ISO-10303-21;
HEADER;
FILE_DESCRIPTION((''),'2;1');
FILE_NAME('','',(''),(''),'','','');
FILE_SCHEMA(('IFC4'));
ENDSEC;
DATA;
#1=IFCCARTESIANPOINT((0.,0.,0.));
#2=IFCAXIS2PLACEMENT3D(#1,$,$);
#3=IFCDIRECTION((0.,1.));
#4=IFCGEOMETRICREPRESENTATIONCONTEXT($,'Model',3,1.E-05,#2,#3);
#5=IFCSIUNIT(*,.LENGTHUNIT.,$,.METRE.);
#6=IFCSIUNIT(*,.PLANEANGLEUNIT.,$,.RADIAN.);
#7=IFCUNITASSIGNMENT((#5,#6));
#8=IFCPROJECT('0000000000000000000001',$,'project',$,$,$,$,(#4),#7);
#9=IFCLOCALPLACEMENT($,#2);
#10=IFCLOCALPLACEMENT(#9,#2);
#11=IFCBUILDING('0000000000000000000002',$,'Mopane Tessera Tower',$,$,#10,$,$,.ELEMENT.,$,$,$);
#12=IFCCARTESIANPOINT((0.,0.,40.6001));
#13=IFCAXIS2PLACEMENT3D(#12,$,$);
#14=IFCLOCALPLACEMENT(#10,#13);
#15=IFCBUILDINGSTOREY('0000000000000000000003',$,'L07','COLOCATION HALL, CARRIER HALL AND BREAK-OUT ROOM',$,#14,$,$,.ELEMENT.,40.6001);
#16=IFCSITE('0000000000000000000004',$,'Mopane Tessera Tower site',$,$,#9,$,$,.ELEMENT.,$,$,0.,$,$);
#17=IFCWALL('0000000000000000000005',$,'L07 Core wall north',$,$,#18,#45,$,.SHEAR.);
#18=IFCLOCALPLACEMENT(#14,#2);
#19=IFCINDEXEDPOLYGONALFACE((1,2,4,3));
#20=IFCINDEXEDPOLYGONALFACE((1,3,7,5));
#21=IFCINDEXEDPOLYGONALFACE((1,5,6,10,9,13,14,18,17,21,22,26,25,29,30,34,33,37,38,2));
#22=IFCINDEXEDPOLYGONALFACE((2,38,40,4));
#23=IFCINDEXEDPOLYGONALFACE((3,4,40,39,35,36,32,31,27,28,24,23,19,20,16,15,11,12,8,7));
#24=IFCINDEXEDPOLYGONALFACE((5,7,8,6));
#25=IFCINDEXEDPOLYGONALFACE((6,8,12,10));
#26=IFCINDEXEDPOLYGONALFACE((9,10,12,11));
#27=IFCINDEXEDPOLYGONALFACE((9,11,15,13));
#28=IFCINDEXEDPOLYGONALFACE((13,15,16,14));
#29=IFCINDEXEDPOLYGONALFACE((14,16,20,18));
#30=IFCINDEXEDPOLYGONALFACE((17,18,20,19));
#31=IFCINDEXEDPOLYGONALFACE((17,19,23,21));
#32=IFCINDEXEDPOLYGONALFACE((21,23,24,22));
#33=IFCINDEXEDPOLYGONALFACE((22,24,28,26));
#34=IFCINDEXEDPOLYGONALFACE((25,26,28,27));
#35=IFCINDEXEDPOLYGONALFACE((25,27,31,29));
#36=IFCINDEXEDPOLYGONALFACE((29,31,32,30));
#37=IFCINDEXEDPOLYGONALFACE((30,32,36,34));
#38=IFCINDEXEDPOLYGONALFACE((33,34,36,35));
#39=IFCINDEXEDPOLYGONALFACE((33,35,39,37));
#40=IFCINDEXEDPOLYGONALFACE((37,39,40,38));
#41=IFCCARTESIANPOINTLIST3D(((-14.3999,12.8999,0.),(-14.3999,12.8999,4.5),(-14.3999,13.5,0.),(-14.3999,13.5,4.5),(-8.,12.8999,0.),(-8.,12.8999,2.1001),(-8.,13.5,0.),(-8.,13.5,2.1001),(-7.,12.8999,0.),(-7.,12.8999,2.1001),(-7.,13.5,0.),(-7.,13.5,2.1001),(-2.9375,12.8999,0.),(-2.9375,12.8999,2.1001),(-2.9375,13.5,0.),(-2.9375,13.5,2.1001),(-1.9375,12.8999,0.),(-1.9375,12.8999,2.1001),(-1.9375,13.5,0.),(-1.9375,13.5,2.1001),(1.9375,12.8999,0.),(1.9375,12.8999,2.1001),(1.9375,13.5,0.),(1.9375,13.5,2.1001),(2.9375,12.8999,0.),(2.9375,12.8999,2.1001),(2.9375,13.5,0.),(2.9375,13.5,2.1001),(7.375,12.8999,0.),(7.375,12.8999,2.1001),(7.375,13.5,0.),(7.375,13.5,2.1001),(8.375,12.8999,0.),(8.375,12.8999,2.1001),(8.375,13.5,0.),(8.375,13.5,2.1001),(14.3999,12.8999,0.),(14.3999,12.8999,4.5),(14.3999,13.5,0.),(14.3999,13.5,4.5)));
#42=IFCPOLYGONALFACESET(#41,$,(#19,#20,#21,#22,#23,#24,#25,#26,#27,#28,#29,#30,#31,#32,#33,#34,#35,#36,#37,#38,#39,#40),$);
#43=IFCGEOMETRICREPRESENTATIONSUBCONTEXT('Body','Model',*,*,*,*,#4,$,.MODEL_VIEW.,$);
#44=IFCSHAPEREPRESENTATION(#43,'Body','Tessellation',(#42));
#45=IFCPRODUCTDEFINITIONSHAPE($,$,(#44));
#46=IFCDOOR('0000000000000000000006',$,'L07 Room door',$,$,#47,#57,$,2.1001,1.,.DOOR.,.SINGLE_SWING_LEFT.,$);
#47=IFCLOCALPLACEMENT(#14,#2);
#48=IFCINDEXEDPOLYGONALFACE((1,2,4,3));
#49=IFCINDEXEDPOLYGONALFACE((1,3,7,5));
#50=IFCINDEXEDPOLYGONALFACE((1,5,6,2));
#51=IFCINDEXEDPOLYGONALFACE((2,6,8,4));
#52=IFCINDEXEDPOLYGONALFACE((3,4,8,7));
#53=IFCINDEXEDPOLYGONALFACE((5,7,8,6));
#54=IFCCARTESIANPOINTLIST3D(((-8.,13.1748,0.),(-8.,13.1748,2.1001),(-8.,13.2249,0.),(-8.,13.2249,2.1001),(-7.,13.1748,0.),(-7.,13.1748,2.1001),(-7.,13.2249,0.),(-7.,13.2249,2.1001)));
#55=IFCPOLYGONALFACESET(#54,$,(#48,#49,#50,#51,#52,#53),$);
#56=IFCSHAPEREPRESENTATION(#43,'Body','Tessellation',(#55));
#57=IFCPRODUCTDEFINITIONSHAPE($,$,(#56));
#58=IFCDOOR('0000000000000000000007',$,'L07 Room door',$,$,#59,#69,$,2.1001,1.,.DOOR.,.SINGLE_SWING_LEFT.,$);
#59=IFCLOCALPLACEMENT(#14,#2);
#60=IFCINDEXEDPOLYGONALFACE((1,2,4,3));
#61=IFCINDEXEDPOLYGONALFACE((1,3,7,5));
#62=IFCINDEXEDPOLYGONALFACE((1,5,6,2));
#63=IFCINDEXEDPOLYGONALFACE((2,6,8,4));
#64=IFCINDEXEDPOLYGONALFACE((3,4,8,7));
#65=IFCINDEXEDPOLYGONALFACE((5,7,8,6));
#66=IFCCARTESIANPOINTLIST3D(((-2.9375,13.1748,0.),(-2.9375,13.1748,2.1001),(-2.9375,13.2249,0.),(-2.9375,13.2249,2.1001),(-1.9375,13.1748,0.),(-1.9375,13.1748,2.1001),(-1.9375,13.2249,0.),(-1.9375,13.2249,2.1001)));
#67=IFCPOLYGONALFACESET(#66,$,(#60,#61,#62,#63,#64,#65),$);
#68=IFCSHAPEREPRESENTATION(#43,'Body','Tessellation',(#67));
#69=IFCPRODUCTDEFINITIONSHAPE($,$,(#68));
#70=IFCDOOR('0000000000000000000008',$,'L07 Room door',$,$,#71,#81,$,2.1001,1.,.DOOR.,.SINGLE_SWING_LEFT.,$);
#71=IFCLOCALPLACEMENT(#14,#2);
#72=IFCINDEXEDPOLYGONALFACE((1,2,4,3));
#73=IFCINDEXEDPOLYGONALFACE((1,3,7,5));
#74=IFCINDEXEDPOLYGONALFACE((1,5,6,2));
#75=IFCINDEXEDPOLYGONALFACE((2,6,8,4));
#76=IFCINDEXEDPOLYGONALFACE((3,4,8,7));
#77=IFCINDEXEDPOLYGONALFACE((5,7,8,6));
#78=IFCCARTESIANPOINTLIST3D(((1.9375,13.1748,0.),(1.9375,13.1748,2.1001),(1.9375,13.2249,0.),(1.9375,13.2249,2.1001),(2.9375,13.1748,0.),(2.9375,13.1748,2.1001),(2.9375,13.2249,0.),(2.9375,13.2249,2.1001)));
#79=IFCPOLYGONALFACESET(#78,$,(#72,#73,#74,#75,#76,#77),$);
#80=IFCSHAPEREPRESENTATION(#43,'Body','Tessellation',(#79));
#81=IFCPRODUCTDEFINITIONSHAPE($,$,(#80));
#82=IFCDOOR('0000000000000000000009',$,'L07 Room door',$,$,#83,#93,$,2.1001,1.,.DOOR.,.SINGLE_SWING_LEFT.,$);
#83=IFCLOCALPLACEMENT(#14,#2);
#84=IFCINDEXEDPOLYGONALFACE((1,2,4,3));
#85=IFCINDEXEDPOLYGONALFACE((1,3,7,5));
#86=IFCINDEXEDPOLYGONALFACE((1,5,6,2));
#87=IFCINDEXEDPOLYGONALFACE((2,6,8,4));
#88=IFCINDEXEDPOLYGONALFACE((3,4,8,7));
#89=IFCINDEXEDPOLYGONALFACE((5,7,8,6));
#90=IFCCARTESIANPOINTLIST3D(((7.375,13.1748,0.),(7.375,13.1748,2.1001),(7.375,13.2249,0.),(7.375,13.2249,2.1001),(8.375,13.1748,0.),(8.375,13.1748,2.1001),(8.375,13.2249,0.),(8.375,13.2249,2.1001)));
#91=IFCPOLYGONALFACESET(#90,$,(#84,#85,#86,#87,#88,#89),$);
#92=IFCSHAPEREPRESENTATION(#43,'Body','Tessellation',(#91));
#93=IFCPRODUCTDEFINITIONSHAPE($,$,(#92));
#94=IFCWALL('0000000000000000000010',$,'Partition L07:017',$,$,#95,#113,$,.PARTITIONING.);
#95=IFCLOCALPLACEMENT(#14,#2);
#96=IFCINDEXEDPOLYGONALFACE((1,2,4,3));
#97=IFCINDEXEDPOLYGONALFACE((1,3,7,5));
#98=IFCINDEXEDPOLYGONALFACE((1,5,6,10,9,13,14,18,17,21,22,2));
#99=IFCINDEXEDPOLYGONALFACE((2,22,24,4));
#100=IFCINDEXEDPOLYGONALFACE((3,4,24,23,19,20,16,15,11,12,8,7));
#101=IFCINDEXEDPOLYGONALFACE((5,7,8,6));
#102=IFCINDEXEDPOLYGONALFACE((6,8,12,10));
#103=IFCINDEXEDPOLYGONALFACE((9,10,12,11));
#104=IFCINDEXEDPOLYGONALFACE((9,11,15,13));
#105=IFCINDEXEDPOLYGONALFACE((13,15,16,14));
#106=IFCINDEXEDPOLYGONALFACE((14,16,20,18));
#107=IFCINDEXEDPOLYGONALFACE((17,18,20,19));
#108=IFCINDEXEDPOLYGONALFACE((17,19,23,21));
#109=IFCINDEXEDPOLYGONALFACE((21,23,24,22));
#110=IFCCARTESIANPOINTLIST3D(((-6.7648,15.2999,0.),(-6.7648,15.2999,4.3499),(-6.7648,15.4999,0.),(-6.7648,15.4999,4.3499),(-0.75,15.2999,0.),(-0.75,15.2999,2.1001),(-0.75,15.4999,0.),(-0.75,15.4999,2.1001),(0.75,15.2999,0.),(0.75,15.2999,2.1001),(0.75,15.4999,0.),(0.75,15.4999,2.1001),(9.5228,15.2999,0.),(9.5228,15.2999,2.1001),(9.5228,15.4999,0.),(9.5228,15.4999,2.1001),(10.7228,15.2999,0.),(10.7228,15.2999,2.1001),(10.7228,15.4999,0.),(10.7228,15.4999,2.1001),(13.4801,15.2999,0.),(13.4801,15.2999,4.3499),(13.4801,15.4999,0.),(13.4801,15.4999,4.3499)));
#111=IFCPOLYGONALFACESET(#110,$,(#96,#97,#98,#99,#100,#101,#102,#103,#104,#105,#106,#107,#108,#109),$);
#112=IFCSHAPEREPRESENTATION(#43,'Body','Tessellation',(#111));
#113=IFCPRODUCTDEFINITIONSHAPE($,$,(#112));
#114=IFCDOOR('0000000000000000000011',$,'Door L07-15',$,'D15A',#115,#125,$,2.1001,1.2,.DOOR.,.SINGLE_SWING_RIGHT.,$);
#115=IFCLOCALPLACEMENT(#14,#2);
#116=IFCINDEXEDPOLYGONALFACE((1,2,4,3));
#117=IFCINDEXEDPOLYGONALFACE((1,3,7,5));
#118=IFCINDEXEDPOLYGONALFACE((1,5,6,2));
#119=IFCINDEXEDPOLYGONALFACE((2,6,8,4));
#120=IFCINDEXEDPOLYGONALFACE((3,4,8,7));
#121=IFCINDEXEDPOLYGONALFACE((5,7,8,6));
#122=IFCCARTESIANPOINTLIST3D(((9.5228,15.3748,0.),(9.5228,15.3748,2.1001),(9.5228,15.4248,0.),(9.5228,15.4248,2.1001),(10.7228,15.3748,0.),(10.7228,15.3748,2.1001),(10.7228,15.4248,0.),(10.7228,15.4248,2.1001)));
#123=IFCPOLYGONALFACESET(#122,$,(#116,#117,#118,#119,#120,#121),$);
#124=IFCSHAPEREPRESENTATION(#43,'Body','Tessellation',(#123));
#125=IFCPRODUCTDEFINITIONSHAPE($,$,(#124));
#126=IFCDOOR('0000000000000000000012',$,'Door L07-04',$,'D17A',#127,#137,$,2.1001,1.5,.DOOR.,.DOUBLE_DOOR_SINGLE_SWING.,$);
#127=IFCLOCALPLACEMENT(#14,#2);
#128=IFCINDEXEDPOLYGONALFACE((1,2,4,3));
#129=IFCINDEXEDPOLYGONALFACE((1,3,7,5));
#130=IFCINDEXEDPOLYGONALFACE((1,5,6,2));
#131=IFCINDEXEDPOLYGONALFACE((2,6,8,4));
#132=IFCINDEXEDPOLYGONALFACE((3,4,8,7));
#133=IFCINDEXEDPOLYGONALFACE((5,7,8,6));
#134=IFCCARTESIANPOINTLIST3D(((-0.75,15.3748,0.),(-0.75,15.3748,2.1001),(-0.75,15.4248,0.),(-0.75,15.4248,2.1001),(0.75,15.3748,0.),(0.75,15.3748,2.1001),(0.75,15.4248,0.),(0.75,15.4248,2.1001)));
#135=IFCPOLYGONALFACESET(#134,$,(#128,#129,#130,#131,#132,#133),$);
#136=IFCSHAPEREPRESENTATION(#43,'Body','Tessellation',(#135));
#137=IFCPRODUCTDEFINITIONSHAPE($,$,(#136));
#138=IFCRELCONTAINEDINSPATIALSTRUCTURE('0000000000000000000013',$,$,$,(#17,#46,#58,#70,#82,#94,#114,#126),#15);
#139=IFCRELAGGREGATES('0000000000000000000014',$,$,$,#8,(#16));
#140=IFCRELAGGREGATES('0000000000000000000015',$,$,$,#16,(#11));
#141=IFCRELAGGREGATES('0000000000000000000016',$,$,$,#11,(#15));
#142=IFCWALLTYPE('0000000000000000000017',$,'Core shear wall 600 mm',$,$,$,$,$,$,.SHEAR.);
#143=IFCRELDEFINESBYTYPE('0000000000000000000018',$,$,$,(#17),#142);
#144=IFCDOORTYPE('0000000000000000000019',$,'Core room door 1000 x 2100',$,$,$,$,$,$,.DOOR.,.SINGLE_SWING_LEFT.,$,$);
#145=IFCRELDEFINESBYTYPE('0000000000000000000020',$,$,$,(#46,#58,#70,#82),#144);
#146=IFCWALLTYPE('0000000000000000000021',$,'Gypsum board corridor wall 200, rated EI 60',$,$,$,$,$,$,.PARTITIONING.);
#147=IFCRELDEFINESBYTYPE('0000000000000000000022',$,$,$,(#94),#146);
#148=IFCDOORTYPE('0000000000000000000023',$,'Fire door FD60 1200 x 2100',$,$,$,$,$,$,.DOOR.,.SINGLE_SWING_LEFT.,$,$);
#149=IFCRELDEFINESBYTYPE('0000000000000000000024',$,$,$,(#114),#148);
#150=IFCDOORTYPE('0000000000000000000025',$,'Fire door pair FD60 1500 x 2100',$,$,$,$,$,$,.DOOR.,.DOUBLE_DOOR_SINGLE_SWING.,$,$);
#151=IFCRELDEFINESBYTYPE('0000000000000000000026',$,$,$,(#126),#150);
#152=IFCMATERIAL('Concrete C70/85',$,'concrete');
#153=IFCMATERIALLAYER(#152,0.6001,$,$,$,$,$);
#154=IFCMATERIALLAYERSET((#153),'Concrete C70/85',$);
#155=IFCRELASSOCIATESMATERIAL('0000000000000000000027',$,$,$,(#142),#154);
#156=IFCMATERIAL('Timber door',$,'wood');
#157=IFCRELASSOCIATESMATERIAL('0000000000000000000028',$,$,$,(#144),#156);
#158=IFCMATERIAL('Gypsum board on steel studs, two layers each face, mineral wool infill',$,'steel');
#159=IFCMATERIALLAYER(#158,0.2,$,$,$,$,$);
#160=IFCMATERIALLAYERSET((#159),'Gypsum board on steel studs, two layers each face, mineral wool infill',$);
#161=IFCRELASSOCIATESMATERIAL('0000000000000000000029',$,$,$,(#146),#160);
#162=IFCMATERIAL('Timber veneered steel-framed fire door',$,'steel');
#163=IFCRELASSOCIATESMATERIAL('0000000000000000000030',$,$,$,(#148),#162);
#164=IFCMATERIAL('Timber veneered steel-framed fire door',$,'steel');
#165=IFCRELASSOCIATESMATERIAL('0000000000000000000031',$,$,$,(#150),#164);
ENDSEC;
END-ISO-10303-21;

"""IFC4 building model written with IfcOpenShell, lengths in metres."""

from ifc_helpers import new_model, si_unit, direction, frame, frame_2d, origin, place, context, subcontext, project, spatial, rectangle, extrude, material, layer, layer_set, type_object, element, fill, save


model = new_model("IFC4")

# Units and contexts
model_context = context("Model", 3, precision=1e-05, world=origin(), true_north=direction((0.0, 1.0)))
body_context = subcontext(model_context, "Body", "Model", "MODEL_VIEW")
ifc_project = project(units=[si_unit("LENGTHUNIT", "METRE"), si_unit("PLANEANGLEUNIT", "RADIAN")], contexts=[model_context])

# Site, building, storey
site_placement = place(None, origin())
site = spatial("IfcSite", under=ifc_project, at=site_placement, Name="Mopane Tessera Tower site", CompositionType="ELEMENT", RefElevation=0.0)
building_placement = place(site_placement, origin())
building = spatial("IfcBuilding", under=site, at=building_placement, Name="Mopane Tessera Tower", CompositionType="ELEMENT")
storey_placement = place(building_placement, frame((0.0, 0.0, 40.6001)))
storey = spatial("IfcBuildingStorey", under=building, at=storey_placement, Name="L07", Description="COLOCATION HALL, CARRIER HALL AND BREAK-OUT ROOM", CompositionType="ELEMENT", Elevation=40.6001)

# Walls, openings, doors
ifc_material_1 = material(Name="Concrete C70/85", Category="concrete")
ifc_layer_1 = layer(ifc_material_1, 0.6001)
ifc_layer_set_1 = layer_set([ifc_layer_1], Name="Concrete C70/85")
wall_type_1 = type_object("IfcWallType", Name="Core shear wall 600 mm", PredefinedType="SHEAR", material=ifc_layer_set_1)
wall_1_placement = place(storey_placement, frame((-14.3999, 13.2, 0.0), z_axis=(0.0, 0.0, 1.0), x_axis=(1.0, 0.0, 0.0)))
wall_1 = element("IfcWall", 1, at=wall_1_placement, inside=storey, type_object=wall_type_1, Name="L07 Core wall north", PredefinedType="SHEAR", context=body_context, shape_type="SweptSolid", body=[
    extrude(rectangle(XDim=28.7998, YDim=0.6001, at=frame_2d((14.3999, 0.0))), origin(), (0.0, 0.0, 1.0), 4.5),
])
opening_1_placement = place(wall_1_placement, frame((6.3999, 0.0, 0.0)))
opening_1 = element("IfcOpeningElement", 2, at=opening_1_placement, cuts=wall_1, PredefinedType="OPENING", context=body_context, shape_type="SweptSolid", body=[
    extrude(rectangle(XDim=1.0, YDim=2.1001, at=frame_2d((0.5, 1.05))), frame((0.0, 0.312, 0.0), z_axis=(0.0, -1.0, 0.0), x_axis=(1.0, 0.0, 0.0)), (0.0, 0.0, 1.0), 0.624),
])
opening_2_placement = place(wall_1_placement, frame((11.4624, 0.0, 0.0)))
opening_2 = element("IfcOpeningElement", 3, at=opening_2_placement, cuts=wall_1, PredefinedType="OPENING", context=body_context, shape_type="SweptSolid", body=[
    extrude(rectangle(XDim=1.0, YDim=2.1001, at=frame_2d((0.5, 1.05))), frame((0.0, 0.312, 0.0), z_axis=(0.0, -1.0, 0.0), x_axis=(1.0, 0.0, 0.0)), (0.0, 0.0, 1.0), 0.624),
])
opening_3_placement = place(wall_1_placement, frame((16.3374, 0.0, 0.0)))
opening_3 = element("IfcOpeningElement", 4, at=opening_3_placement, cuts=wall_1, PredefinedType="OPENING", context=body_context, shape_type="SweptSolid", body=[
    extrude(rectangle(XDim=1.0, YDim=2.1001, at=frame_2d((0.5, 1.05))), frame((0.0, 0.312, 0.0), z_axis=(0.0, -1.0, 0.0), x_axis=(1.0, 0.0, 0.0)), (0.0, 0.0, 1.0), 0.624),
])
opening_4_placement = place(wall_1_placement, frame((21.7749, 0.0, 0.0)))
opening_4 = element("IfcOpeningElement", 5, at=opening_4_placement, cuts=wall_1, PredefinedType="OPENING", context=body_context, shape_type="SweptSolid", body=[
    extrude(rectangle(XDim=1.0, YDim=2.1001, at=frame_2d((0.5, 1.05))), frame((0.0, 0.312, 0.0), z_axis=(0.0, -1.0, 0.0), x_axis=(1.0, 0.0, 0.0)), (0.0, 0.0, 1.0), 0.624),
])
ifc_material_2 = material(Name="Timber door", Category="wood")
door_type_1 = type_object("IfcDoorType", Name="Core room door 1000 x 2100", OperationType="SINGLE_SWING_LEFT", PredefinedType="DOOR", material=ifc_material_2)
door_1_placement = place(opening_1_placement, origin())
door_1 = element("IfcDoor", 6, at=door_1_placement, inside=storey, type_object=door_type_1, Name="L07 Room door", OperationType="SINGLE_SWING_LEFT", OverallHeight=2.1001, OverallWidth=1.0, PredefinedType="DOOR", context=body_context, shape_type="SweptSolid", body=[
    extrude(rectangle(XDim=1.0, YDim=2.1001, at=frame_2d((0.5, 1.05))), frame((0.0, 0.0249, 0.0), z_axis=(0.0, -1.0, 0.0), x_axis=(1.0, 0.0, 0.0)), (0.0, 0.0, 1.0), 0.05),
])
fill(opening_1, door_1)
door_2_placement = place(opening_2_placement, origin())
door_2 = element("IfcDoor", 7, at=door_2_placement, inside=storey, type_object=door_type_1, Name="L07 Room door", OperationType="SINGLE_SWING_LEFT", OverallHeight=2.1001, OverallWidth=1.0, PredefinedType="DOOR", context=body_context, shape_type="SweptSolid", body=[
    extrude(rectangle(XDim=1.0, YDim=2.1001, at=frame_2d((0.5, 1.05))), frame((0.0, 0.0249, 0.0), z_axis=(0.0, -1.0, 0.0), x_axis=(1.0, 0.0, 0.0)), (0.0, 0.0, 1.0), 0.05),
])
fill(opening_2, door_2)
door_3_placement = place(opening_3_placement, origin())
door_3 = element("IfcDoor", 8, at=door_3_placement, inside=storey, type_object=door_type_1, Name="L07 Room door", OperationType="SINGLE_SWING_LEFT", OverallHeight=2.1001, OverallWidth=1.0, PredefinedType="DOOR", context=body_context, shape_type="SweptSolid", body=[
    extrude(rectangle(XDim=1.0, YDim=2.1001, at=frame_2d((0.5, 1.05))), frame((0.0, 0.0249, 0.0), z_axis=(0.0, -1.0, 0.0), x_axis=(1.0, 0.0, 0.0)), (0.0, 0.0, 1.0), 0.05),
])
fill(opening_3, door_3)
door_4_placement = place(opening_4_placement, origin())
door_4 = element("IfcDoor", 9, at=door_4_placement, inside=storey, type_object=door_type_1, Name="L07 Room door", OperationType="SINGLE_SWING_LEFT", OverallHeight=2.1001, OverallWidth=1.0, PredefinedType="DOOR", context=body_context, shape_type="SweptSolid", body=[
    extrude(rectangle(XDim=1.0, YDim=2.1001, at=frame_2d((0.5, 1.05))), frame((0.0, 0.0249, 0.0), z_axis=(0.0, -1.0, 0.0), x_axis=(1.0, 0.0, 0.0)), (0.0, 0.0, 1.0), 0.05),
])
fill(opening_4, door_4)
ifc_material_3 = material(Name="Gypsum board on steel studs, two layers each face, mineral wool infill", Category="steel")
ifc_layer_2 = layer(ifc_material_3, 0.2)
ifc_layer_set_2 = layer_set([ifc_layer_2], Name="Gypsum board on steel studs, two layers each face, mineral wool infill")
wall_type_2 = type_object("IfcWallType", Name="Gypsum board corridor wall 200, rated EI 60", PredefinedType="PARTITIONING", material=ifc_layer_set_2)
wall_2_placement = place(storey_placement, frame((-6.7649, 15.3999, 0.0), z_axis=(0.0, 0.0, 1.0), x_axis=(1.0, 0.0, 0.0)))
wall_2 = element("IfcWall", 10, at=wall_2_placement, inside=storey, type_object=wall_type_2, Name="Partition L07:017", PredefinedType="PARTITIONING", context=body_context, shape_type="SweptSolid", body=[
    extrude(rectangle(XDim=20.2449, YDim=0.2, at=frame_2d((10.1226, 0.0))), origin(), (0.0, 0.0, 1.0), 4.3499),
])
opening_5_placement = place(wall_2_placement, frame((6.0149, 0.0, 0.0)))
opening_5 = element("IfcOpeningElement", 11, at=opening_5_placement, cuts=wall_2, PredefinedType="OPENING", context=body_context, shape_type="SweptSolid", body=[
    extrude(rectangle(XDim=1.5, YDim=2.1001, at=frame_2d((0.75, 1.05))), frame((0.0, 0.1121, 0.0), z_axis=(0.0, -1.0, 0.0), x_axis=(1.0, 0.0, 0.0)), (0.0, 0.0, 1.0), 0.2239),
])
opening_6_placement = place(wall_2_placement, frame((16.2876, 0.0, 0.0)))
opening_6 = element("IfcOpeningElement", 12, at=opening_6_placement, cuts=wall_2, PredefinedType="OPENING", context=body_context, shape_type="SweptSolid", body=[
    extrude(rectangle(XDim=1.2, YDim=2.1001, at=frame_2d((0.6001, 1.05))), frame((0.0, 0.1121, 0.0), z_axis=(0.0, -1.0, 0.0), x_axis=(1.0, 0.0, 0.0)), (0.0, 0.0, 1.0), 0.2239),
])
ifc_material_4 = material(Name="Timber veneered steel-framed fire door", Category="steel")
door_type_2 = type_object("IfcDoorType", Name="Fire door FD60 1200 x 2100", OperationType="SINGLE_SWING_LEFT", PredefinedType="DOOR", material=ifc_material_4)
door_5_placement = place(opening_6_placement, origin())
door_5 = element("IfcDoor", 13, at=door_5_placement, inside=storey, type_object=door_type_2, Name="Door L07-15", ObjectType="D15A", OperationType="SINGLE_SWING_RIGHT", OverallHeight=2.1001, OverallWidth=1.2, PredefinedType="DOOR", context=body_context, shape_type="SweptSolid", body=[
    extrude(rectangle(XDim=1.2, YDim=2.1001, at=frame_2d((0.6001, 1.05))), frame((0.0, 0.0249, 0.0), z_axis=(0.0, -1.0, 0.0), x_axis=(1.0, 0.0, 0.0)), (0.0, 0.0, 1.0), 0.05),
])
fill(opening_6, door_5)
ifc_material_5 = material(Name="Timber veneered steel-framed fire door", Category="steel")
door_type_3 = type_object("IfcDoorType", Name="Fire door pair FD60 1500 x 2100", OperationType="DOUBLE_DOOR_SINGLE_SWING", PredefinedType="DOOR", material=ifc_material_5)
door_6_placement = place(opening_5_placement, origin())
door_6 = element("IfcDoor", 14, at=door_6_placement, inside=storey, type_object=door_type_3, Name="Door L07-04", ObjectType="D17A", OperationType="DOUBLE_DOOR_SINGLE_SWING", OverallHeight=2.1001, OverallWidth=1.5, PredefinedType="DOOR", context=body_context, shape_type="SweptSolid", body=[
    extrude(rectangle(XDim=1.5, YDim=2.1001, at=frame_2d((0.75, 1.05))), frame((0.0, 0.0249, 0.0), z_axis=(0.0, -1.0, 0.0), x_axis=(1.0, 0.0, 0.0)), (0.0, 0.0, 1.0), 0.05),
])
fill(opening_5, door_6)

save(model, "model.ifc")
